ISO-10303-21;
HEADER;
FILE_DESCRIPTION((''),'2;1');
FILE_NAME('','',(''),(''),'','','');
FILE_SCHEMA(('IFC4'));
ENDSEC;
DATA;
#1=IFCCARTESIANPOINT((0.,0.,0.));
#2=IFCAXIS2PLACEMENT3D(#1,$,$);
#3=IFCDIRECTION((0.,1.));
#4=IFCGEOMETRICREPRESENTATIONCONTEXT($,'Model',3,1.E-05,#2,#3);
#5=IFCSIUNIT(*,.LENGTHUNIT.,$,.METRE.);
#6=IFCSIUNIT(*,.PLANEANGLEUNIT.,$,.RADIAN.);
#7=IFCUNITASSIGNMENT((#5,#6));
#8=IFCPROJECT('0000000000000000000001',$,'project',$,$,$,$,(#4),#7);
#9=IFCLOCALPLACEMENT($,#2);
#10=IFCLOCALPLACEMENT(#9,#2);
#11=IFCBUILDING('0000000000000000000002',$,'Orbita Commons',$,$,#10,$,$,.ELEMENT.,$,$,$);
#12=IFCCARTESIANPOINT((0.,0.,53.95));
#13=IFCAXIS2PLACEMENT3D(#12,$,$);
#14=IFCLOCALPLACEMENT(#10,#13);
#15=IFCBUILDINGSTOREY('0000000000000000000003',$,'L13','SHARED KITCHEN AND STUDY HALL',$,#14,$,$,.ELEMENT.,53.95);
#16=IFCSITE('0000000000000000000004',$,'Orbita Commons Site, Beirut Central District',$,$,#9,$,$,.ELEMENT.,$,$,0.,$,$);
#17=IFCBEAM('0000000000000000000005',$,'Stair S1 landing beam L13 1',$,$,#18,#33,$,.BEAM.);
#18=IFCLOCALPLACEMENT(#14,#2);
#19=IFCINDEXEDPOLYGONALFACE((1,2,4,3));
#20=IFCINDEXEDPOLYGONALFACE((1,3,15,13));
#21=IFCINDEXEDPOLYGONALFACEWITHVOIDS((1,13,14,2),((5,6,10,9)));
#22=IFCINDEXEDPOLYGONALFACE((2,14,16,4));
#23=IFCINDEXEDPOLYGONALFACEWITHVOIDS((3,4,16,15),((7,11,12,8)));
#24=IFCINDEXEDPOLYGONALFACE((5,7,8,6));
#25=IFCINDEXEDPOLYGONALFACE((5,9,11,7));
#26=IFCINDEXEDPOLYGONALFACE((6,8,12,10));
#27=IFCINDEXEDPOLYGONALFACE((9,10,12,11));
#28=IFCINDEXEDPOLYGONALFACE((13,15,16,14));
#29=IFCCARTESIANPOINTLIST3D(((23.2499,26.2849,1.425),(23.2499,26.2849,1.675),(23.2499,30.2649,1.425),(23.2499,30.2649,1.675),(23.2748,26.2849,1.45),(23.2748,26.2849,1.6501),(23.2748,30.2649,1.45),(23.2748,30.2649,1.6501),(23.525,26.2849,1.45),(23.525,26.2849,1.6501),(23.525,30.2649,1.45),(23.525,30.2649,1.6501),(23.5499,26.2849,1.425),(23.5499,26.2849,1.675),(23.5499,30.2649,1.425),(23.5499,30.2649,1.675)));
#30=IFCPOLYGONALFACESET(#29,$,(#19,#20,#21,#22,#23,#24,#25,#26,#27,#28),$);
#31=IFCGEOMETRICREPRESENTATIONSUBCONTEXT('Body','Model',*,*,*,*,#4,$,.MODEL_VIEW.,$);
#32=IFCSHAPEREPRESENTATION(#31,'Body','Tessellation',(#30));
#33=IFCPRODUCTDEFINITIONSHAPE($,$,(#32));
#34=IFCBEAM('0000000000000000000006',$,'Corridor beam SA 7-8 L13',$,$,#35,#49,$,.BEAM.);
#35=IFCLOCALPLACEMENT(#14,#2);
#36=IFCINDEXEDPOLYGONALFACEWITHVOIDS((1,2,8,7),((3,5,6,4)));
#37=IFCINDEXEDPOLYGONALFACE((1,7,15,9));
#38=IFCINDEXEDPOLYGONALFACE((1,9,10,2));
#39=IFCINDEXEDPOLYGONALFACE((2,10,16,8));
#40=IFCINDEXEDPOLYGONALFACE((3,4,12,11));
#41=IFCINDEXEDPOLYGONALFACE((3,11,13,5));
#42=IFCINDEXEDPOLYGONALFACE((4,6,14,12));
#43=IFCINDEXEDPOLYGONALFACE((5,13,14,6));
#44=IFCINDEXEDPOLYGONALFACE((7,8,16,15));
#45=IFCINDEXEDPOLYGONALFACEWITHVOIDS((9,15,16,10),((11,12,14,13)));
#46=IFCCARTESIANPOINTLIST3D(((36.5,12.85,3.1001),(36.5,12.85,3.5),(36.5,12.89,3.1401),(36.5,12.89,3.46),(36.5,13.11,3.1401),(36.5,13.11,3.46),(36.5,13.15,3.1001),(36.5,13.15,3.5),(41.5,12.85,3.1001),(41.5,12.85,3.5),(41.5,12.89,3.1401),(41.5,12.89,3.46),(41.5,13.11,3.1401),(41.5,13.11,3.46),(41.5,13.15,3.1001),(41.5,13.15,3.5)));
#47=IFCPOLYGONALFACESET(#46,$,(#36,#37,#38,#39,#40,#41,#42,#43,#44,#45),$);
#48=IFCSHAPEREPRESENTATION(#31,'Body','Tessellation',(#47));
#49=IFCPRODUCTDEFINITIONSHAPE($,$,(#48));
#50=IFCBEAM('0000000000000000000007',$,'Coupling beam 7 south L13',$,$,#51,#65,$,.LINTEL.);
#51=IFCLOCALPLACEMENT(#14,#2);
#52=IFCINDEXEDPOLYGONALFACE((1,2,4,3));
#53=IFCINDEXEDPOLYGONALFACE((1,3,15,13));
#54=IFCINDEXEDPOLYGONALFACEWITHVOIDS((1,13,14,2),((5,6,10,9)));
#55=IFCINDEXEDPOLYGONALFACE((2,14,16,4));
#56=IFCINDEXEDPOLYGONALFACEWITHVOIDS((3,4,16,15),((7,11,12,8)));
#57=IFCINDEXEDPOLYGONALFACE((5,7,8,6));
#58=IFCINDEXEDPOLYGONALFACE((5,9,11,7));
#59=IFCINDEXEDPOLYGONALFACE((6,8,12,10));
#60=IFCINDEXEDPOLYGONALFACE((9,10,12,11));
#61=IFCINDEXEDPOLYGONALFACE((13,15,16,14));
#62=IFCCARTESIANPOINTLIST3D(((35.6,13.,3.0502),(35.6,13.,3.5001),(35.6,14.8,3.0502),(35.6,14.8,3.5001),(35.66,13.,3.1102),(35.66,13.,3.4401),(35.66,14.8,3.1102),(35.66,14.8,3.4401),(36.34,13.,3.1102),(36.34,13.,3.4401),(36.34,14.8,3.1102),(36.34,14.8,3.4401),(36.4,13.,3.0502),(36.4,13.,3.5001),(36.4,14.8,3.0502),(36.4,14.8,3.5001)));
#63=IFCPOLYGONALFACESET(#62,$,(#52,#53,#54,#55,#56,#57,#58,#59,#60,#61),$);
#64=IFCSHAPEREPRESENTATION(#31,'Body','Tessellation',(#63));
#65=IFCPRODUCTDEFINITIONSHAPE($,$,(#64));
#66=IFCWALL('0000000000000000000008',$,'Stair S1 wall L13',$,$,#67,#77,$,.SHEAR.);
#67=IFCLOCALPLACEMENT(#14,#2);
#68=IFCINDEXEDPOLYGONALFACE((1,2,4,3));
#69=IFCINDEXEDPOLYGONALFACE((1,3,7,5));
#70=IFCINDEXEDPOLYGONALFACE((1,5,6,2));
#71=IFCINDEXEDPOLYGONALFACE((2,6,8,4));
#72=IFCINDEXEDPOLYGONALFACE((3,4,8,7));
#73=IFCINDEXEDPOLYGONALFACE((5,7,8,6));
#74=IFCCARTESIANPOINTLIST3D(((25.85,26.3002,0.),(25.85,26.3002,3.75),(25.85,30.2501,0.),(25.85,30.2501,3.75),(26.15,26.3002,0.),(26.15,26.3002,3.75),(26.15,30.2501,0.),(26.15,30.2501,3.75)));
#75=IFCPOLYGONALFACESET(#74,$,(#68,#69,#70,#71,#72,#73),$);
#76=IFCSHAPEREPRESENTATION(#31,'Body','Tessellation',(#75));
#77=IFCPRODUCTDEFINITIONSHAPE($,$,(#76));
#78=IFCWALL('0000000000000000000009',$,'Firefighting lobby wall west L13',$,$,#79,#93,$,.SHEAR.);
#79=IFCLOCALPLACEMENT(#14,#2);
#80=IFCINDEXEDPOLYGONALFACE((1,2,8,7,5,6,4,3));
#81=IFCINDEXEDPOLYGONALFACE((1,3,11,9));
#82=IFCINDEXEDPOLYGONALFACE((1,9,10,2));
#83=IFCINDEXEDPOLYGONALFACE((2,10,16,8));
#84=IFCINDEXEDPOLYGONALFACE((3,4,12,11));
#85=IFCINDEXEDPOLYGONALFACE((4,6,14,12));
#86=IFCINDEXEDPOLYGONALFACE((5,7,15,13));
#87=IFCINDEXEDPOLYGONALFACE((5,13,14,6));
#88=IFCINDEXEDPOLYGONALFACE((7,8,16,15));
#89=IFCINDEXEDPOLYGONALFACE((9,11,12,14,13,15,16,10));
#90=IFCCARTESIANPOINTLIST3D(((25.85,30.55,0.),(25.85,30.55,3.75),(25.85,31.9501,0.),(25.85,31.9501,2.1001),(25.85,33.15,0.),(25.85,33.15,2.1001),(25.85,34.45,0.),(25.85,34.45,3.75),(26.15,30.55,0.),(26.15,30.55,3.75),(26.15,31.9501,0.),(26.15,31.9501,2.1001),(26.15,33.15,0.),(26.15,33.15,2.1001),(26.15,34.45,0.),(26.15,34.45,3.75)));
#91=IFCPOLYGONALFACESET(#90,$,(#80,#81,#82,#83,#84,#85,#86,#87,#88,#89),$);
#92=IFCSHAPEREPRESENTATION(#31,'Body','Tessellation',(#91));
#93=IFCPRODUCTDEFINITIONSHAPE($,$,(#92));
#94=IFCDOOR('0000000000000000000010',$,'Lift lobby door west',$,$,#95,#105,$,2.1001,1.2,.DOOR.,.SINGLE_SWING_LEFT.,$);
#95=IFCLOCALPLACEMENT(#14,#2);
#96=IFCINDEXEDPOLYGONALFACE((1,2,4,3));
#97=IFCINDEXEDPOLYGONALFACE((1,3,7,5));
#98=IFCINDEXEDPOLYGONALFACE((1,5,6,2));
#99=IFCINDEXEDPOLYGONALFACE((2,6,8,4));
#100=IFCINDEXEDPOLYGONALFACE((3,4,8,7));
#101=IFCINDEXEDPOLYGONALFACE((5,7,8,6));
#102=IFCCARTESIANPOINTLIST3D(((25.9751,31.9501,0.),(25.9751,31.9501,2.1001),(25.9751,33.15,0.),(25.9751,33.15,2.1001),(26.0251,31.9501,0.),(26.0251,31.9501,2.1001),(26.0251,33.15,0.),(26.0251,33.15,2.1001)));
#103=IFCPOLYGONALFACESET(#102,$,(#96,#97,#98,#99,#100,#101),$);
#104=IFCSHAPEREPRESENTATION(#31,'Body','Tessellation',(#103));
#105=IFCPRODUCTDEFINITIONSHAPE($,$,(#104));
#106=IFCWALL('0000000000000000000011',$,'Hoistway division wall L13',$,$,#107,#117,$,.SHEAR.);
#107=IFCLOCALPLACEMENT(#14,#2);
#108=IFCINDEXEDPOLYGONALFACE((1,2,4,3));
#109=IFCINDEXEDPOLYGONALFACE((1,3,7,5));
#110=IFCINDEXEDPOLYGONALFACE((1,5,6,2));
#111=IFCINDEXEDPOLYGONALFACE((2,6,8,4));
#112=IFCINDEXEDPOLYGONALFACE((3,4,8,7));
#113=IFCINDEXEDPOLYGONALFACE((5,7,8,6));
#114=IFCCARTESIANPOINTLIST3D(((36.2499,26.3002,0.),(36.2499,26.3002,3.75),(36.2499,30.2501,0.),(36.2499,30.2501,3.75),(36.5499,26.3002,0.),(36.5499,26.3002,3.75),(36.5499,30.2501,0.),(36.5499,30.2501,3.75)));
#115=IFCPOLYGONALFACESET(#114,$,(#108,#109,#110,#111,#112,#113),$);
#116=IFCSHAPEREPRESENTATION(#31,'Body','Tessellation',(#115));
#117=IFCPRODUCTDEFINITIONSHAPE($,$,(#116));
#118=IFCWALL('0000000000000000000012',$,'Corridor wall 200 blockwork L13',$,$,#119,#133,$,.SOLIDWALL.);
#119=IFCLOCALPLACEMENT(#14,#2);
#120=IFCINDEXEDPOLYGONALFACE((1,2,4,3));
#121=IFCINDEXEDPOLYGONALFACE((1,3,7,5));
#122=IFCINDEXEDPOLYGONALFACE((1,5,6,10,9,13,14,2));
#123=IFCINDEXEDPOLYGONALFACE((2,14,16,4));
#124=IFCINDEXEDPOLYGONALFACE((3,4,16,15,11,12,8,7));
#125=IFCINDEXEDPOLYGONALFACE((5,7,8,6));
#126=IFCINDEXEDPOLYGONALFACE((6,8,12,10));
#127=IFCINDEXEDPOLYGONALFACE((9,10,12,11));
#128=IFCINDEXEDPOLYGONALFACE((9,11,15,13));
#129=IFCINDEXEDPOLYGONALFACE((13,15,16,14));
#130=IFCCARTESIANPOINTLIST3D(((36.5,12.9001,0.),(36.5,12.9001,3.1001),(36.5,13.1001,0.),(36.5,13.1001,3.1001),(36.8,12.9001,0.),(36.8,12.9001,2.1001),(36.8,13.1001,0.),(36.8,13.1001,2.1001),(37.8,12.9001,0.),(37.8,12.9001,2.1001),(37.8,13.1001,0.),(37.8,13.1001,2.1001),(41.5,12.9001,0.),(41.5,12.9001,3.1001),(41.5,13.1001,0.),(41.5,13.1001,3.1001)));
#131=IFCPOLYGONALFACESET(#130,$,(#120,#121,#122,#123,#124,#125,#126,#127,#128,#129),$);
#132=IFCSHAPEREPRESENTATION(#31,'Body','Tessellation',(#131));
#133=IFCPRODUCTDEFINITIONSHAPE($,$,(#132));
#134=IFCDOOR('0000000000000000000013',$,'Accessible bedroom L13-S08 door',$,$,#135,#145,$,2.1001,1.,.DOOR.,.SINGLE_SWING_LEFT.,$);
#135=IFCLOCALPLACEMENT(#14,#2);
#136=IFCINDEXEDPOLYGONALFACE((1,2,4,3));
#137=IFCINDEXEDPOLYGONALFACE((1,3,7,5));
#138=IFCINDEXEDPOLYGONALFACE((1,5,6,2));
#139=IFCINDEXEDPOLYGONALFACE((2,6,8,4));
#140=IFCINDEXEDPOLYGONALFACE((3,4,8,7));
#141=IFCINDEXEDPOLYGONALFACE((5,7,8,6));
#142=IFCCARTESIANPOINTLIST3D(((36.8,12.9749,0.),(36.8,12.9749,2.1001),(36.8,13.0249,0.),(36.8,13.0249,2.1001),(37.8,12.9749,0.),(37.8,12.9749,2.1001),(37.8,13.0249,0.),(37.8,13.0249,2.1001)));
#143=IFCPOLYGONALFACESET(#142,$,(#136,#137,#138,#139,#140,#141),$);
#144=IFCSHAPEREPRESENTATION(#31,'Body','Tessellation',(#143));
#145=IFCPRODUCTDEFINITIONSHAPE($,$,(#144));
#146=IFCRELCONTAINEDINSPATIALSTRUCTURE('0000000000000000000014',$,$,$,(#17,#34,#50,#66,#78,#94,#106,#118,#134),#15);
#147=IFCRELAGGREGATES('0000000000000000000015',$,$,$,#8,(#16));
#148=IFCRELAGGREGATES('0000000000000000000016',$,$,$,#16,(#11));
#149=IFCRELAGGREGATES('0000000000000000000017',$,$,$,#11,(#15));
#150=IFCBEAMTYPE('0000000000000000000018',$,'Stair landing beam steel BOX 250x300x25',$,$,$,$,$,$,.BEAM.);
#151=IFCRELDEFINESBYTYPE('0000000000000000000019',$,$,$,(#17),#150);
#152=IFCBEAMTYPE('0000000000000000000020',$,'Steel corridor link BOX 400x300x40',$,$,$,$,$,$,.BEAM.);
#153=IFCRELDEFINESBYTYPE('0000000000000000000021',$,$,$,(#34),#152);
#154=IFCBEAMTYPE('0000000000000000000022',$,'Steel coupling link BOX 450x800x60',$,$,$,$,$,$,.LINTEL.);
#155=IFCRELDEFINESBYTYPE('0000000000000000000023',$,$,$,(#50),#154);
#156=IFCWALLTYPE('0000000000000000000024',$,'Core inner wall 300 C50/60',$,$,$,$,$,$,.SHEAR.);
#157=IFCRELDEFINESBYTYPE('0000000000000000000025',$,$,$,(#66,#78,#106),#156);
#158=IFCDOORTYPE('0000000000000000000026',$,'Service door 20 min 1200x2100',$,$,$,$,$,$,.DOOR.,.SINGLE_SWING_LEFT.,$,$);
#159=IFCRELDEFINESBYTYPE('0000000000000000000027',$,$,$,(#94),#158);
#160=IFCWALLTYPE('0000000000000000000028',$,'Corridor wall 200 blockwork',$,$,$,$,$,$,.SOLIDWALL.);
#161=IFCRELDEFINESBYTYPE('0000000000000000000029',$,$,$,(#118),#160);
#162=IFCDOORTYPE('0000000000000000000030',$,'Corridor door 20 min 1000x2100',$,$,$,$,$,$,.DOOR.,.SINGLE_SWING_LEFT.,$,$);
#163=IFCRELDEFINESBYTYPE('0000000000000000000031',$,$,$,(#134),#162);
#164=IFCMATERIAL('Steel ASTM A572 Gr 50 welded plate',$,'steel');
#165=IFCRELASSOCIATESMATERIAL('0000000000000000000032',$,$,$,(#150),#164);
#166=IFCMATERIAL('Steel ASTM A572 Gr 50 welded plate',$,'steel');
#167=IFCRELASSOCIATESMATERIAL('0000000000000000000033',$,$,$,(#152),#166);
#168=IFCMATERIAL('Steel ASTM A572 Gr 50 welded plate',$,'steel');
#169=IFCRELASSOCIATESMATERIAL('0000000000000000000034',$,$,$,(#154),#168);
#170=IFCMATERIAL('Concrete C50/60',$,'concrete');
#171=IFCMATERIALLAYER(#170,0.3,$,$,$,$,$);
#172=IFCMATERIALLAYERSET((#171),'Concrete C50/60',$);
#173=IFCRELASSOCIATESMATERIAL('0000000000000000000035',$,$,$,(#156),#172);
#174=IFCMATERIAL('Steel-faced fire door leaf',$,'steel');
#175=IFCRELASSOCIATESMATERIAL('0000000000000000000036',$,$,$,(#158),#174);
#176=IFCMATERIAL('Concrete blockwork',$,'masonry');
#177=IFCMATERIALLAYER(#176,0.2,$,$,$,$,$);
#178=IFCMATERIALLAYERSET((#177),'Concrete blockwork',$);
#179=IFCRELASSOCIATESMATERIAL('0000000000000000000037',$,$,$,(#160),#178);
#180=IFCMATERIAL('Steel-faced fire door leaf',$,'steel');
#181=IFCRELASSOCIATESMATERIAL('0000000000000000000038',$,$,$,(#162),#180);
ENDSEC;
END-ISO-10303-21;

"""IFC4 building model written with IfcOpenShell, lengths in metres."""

from ifc_helpers import new_model, si_unit, direction, frame, frame_2d, origin, origin_2d, place, context, subcontext, project, spatial, polyline, rectangle, hollow_rectangle, outline, extrude, material, layer, layer_set, material_profile, profile_set, type_object, element, fill, save


model = new_model("IFC4")

# Units and contexts
model_context = context("Model", 3, precision=1e-05, world=origin(), true_north=direction((0.0, 1.0)))
body_context = subcontext(model_context, "Body", "Model", "MODEL_VIEW")
ifc_project = project(units=[si_unit("LENGTHUNIT", "METRE"), si_unit("PLANEANGLEUNIT", "RADIAN")], contexts=[model_context])

# Site, building, storey
site_placement = place(None, origin())
site = spatial("IfcSite", under=ifc_project, at=site_placement, Name="Orbita Commons Site, Beirut Central District", CompositionType="ELEMENT", RefElevation=0.0)
building_placement = place(site_placement, origin())
building = spatial("IfcBuilding", under=site, at=building_placement, Name="Orbita Commons", CompositionType="ELEMENT")
storey_placement = place(building_placement, frame((0.0, 0.0, 53.95)))
storey = spatial("IfcBuildingStorey", under=building, at=storey_placement, Name="L13", Description="SHARED KITCHEN AND STUDY HALL", CompositionType="ELEMENT", Elevation=53.95)

# Beams
ifc_material_1 = material(Name="Steel ASTM A572 Gr 50 welded plate", Category="steel")
ifc_material_profile_1 = material_profile(ifc_material_1, hollow_rectangle(XDim=0.3, YDim=0.25, WallThickness=0.0249, at=origin_2d()), Name="BOX 250x300x25")
ifc_profile_set_1 = profile_set([ifc_material_profile_1], Name="Steel ASTM A572 Gr 50 welded plate")
beam_type_1 = type_object("IfcBeamType", Name="Stair landing beam steel BOX 250x300x25", PredefinedType="BEAM", material=ifc_profile_set_1)
beam_1_placement = place(storey_placement, frame((23.3999, 26.2849, 1.55), z_axis=(0.0, 1.0, 0.0), x_axis=(-1.0, 0.0, 0.0)))
element("IfcBeam", 1, at=beam_1_placement, inside=storey, type_object=beam_type_1, Name="Stair S1 landing beam L13 1", PredefinedType="BEAM", context=body_context, shape_type="SweptSolid", body=[
    extrude(hollow_rectangle(XDim=0.3, YDim=0.25, WallThickness=0.0249, at=origin_2d()), origin(), (0.0, 0.0, 1.0), 3.98),
])
ifc_material_2 = material(Name="Steel ASTM A572 Gr 50 welded plate", Category="steel")
ifc_material_profile_2 = material_profile(ifc_material_2, hollow_rectangle(XDim=0.3, YDim=0.3999, WallThickness=0.04, at=origin_2d()), Name="BOX 400x300x40")
ifc_profile_set_2 = profile_set([ifc_material_profile_2], Name="Steel ASTM A572 Gr 50 welded plate")
beam_type_2 = type_object("IfcBeamType", Name="Steel corridor link BOX 400x300x40", PredefinedType="BEAM", material=ifc_profile_set_2)
beam_2_placement = place(storey_placement, frame((36.5, 13.0, 3.3), z_axis=(1.0, 0.0, 0.0), x_axis=(0.0, 1.0, 0.0)))
element("IfcBeam", 2, at=beam_2_placement, inside=storey, type_object=beam_type_2, Name="Corridor beam SA 7-8 L13", PredefinedType="BEAM", context=body_context, shape_type="SweptSolid", body=[
    extrude(hollow_rectangle(XDim=0.3, YDim=0.3999, WallThickness=0.04, at=origin_2d()), origin(), (0.0, 0.0, 1.0), 5.0),
])
ifc_material_3 = material(Name="Steel ASTM A572 Gr 50 welded plate", Category="steel")
ifc_material_profile_3 = material_profile(ifc_material_3, hollow_rectangle(XDim=0.8, YDim=0.45, WallThickness=0.0601, at=origin_2d()), Name="BOX 450x800x60")
ifc_profile_set_3 = profile_set([ifc_material_profile_3], Name="Steel ASTM A572 Gr 50 welded plate")
beam_type_3 = type_object("IfcBeamType", Name="Steel coupling link BOX 450x800x60", PredefinedType="LINTEL", material=ifc_profile_set_3)
beam_3_placement = place(storey_placement, frame((36.0, 13.0, 3.2751), z_axis=(0.0, 1.0, 0.0), x_axis=(-1.0, 0.0, 0.0)))
element("IfcBeam", 3, at=beam_3_placement, inside=storey, type_object=beam_type_3, Name="Coupling beam 7 south L13", PredefinedType="LINTEL", context=body_context, shape_type="SweptSolid", body=[
    extrude(hollow_rectangle(XDim=0.8, YDim=0.45, WallThickness=0.0601, at=origin_2d()), origin(), (0.0, 0.0, 1.0), 1.8),
])

# Wall
ifc_material_4 = material(Name="Concrete C50/60", Category="concrete")
ifc_layer_1 = layer(ifc_material_4, 0.3)
ifc_layer_set_1 = layer_set([ifc_layer_1], Name="Concrete C50/60")
wall_type_1 = type_object("IfcWallType", Name="Core inner wall 300 C50/60", PredefinedType="SHEAR", material=ifc_layer_set_1)
wall_1_placement = place(storey_placement, frame((26.0, 26.3, 0.0), z_axis=(0.0, 0.0, 1.0), x_axis=(0.0, 1.0, 0.0)))
element("IfcWall", 4, at=wall_1_placement, inside=storey, type_object=wall_type_1, Name="Stair S1 wall L13", PredefinedType="SHEAR", context=body_context, shape_type="SweptSolid", body=[
    extrude(rectangle(XDim=3.95, YDim=0.3, at=frame_2d((1.9751, 0.0))), origin(), (0.0, 0.0, 1.0), 3.75),
])

# Wall, opening, door
wall_2_placement = place(storey_placement, frame((26.0, 30.55, 0.0), z_axis=(0.0, 0.0, 1.0), x_axis=(0.0, 1.0, 0.0)))
wall_2 = element("IfcWall", 5, at=wall_2_placement, inside=storey, type_object=wall_type_1, Name="Firefighting lobby wall west L13", PredefinedType="SHEAR", context=body_context, shape_type="SweptSolid", body=[
    extrude(rectangle(XDim=3.8999, YDim=0.3, at=frame_2d((1.95, 0.0))), origin(), (0.0, 0.0, 1.0), 3.75),
])
opening_1_placement = place(wall_2_placement, frame((1.3999, 0.0, 0.0)))
opening_1 = element("IfcOpeningElement", 6, at=opening_1_placement, cuts=wall_2, PredefinedType="OPENING", context=body_context, shape_type="SweptSolid", body=[
    extrude(rectangle(XDim=1.2, YDim=2.1001, at=frame_2d((0.6001, 1.05))), frame((0.0, 0.1599, 0.0), z_axis=(0.0, -1.0, 0.0), x_axis=(1.0, 0.0, 0.0)), (0.0, 0.0, 1.0), 0.3201),
])
ifc_material_5 = material(Name="Steel-faced fire door leaf", Category="steel")
door_type_1 = type_object("IfcDoorType", Name="Service door 20 min 1200x2100", OperationType="SINGLE_SWING_LEFT", PredefinedType="DOOR", material=ifc_material_5)
door_1_placement = place(opening_1_placement, origin())
door_1 = element("IfcDoor", 7, at=door_1_placement, inside=storey, type_object=door_type_1, Name="Lift lobby door west", OperationType="SINGLE_SWING_LEFT", OverallHeight=2.1001, OverallWidth=1.2, PredefinedType="DOOR", context=body_context, shape_type="SweptSolid", body=[
    extrude(rectangle(XDim=1.2, YDim=2.1001, at=frame_2d((0.6001, 1.05))), frame((0.0, 0.0249, 0.0), z_axis=(0.0, -1.0, 0.0), x_axis=(1.0, 0.0, 0.0)), (0.0, 0.0, 1.0), 0.05),
])
fill(opening_1, door_1)

# Wall
wall_3_placement = place(storey_placement, frame((36.3999, 26.3, 0.0), z_axis=(0.0, 0.0, 1.0), x_axis=(0.0, 1.0, 0.0)))
element("IfcWall", 8, at=wall_3_placement, inside=storey, type_object=wall_type_1, Name="Hoistway division wall L13", PredefinedType="SHEAR", context=body_context, shape_type="SweptSolid", body=[
    extrude(rectangle(XDim=3.95, YDim=0.3, at=frame_2d((1.9751, 0.0))), origin(), (0.0, 0.0, 1.0), 3.75),
])

# Wall, opening, door
ifc_material_6 = material(Name="Concrete blockwork", Category="masonry")
ifc_layer_2 = layer(ifc_material_6, 0.2)
ifc_layer_set_2 = layer_set([ifc_layer_2], Name="Concrete blockwork")
wall_type_2 = type_object("IfcWallType", Name="Corridor wall 200 blockwork", PredefinedType="SOLIDWALL", material=ifc_layer_set_2)
wall_4_placement = place(storey_placement, frame((36.5, 13.0, 0.0), z_axis=(0.0, 0.0, 1.0), x_axis=(1.0, 0.0, 0.0)))
wall_4 = element("IfcWall", 9, at=wall_4_placement, inside=storey, type_object=wall_type_2, Name="Corridor wall 200 blockwork L13", PredefinedType="SOLIDWALL", context=body_context, shape_type="SweptSolid", body=[
    extrude(outline(polyline([(0.0, 0.0), (5.0, 0.0), (5.0, 3.1001), (0.0, 3.1001), (0.0, 0.0)])), frame((0.0, 0.1001, 0.0), z_axis=(0.0, -1.0, 0.0), x_axis=(1.0, 0.0, 0.0)), (0.0, 0.0, 1.0), 0.2),
])
opening_2_placement = place(wall_4_placement, frame((0.3, 0.0, 0.0)))
opening_2 = element("IfcOpeningElement", 10, at=opening_2_placement, cuts=wall_4, PredefinedType="OPENING", context=body_context, shape_type="SweptSolid", body=[
    extrude(rectangle(XDim=1.0, YDim=2.1001, at=frame_2d((0.5, 1.05))), frame((0.0, 0.1099, 0.0), z_axis=(0.0, -1.0, 0.0), x_axis=(1.0, 0.0, 0.0)), (0.0, 0.0, 1.0), 0.22),
])
ifc_material_7 = material(Name="Steel-faced fire door leaf", Category="steel")
door_type_2 = type_object("IfcDoorType", Name="Corridor door 20 min 1000x2100", OperationType="SINGLE_SWING_LEFT", PredefinedType="DOOR", material=ifc_material_7)
door_2_placement = place(opening_2_placement, origin())
door_2 = element("IfcDoor", 11, at=door_2_placement, inside=storey, type_object=door_type_2, Name="Accessible bedroom L13-S08 door", OperationType="SINGLE_SWING_LEFT", OverallHeight=2.1001, OverallWidth=1.0, PredefinedType="DOOR", context=body_context, shape_type="SweptSolid", body=[
    extrude(rectangle(XDim=1.0, YDim=2.1001, at=frame_2d((0.5, 1.05))), frame((0.0, 0.0249, 0.0), z_axis=(0.0, -1.0, 0.0), x_axis=(1.0, 0.0, 0.0)), (0.0, 0.0, 1.0), 0.05),
])
fill(opening_2, door_2)

save(model, "model.ifc")
